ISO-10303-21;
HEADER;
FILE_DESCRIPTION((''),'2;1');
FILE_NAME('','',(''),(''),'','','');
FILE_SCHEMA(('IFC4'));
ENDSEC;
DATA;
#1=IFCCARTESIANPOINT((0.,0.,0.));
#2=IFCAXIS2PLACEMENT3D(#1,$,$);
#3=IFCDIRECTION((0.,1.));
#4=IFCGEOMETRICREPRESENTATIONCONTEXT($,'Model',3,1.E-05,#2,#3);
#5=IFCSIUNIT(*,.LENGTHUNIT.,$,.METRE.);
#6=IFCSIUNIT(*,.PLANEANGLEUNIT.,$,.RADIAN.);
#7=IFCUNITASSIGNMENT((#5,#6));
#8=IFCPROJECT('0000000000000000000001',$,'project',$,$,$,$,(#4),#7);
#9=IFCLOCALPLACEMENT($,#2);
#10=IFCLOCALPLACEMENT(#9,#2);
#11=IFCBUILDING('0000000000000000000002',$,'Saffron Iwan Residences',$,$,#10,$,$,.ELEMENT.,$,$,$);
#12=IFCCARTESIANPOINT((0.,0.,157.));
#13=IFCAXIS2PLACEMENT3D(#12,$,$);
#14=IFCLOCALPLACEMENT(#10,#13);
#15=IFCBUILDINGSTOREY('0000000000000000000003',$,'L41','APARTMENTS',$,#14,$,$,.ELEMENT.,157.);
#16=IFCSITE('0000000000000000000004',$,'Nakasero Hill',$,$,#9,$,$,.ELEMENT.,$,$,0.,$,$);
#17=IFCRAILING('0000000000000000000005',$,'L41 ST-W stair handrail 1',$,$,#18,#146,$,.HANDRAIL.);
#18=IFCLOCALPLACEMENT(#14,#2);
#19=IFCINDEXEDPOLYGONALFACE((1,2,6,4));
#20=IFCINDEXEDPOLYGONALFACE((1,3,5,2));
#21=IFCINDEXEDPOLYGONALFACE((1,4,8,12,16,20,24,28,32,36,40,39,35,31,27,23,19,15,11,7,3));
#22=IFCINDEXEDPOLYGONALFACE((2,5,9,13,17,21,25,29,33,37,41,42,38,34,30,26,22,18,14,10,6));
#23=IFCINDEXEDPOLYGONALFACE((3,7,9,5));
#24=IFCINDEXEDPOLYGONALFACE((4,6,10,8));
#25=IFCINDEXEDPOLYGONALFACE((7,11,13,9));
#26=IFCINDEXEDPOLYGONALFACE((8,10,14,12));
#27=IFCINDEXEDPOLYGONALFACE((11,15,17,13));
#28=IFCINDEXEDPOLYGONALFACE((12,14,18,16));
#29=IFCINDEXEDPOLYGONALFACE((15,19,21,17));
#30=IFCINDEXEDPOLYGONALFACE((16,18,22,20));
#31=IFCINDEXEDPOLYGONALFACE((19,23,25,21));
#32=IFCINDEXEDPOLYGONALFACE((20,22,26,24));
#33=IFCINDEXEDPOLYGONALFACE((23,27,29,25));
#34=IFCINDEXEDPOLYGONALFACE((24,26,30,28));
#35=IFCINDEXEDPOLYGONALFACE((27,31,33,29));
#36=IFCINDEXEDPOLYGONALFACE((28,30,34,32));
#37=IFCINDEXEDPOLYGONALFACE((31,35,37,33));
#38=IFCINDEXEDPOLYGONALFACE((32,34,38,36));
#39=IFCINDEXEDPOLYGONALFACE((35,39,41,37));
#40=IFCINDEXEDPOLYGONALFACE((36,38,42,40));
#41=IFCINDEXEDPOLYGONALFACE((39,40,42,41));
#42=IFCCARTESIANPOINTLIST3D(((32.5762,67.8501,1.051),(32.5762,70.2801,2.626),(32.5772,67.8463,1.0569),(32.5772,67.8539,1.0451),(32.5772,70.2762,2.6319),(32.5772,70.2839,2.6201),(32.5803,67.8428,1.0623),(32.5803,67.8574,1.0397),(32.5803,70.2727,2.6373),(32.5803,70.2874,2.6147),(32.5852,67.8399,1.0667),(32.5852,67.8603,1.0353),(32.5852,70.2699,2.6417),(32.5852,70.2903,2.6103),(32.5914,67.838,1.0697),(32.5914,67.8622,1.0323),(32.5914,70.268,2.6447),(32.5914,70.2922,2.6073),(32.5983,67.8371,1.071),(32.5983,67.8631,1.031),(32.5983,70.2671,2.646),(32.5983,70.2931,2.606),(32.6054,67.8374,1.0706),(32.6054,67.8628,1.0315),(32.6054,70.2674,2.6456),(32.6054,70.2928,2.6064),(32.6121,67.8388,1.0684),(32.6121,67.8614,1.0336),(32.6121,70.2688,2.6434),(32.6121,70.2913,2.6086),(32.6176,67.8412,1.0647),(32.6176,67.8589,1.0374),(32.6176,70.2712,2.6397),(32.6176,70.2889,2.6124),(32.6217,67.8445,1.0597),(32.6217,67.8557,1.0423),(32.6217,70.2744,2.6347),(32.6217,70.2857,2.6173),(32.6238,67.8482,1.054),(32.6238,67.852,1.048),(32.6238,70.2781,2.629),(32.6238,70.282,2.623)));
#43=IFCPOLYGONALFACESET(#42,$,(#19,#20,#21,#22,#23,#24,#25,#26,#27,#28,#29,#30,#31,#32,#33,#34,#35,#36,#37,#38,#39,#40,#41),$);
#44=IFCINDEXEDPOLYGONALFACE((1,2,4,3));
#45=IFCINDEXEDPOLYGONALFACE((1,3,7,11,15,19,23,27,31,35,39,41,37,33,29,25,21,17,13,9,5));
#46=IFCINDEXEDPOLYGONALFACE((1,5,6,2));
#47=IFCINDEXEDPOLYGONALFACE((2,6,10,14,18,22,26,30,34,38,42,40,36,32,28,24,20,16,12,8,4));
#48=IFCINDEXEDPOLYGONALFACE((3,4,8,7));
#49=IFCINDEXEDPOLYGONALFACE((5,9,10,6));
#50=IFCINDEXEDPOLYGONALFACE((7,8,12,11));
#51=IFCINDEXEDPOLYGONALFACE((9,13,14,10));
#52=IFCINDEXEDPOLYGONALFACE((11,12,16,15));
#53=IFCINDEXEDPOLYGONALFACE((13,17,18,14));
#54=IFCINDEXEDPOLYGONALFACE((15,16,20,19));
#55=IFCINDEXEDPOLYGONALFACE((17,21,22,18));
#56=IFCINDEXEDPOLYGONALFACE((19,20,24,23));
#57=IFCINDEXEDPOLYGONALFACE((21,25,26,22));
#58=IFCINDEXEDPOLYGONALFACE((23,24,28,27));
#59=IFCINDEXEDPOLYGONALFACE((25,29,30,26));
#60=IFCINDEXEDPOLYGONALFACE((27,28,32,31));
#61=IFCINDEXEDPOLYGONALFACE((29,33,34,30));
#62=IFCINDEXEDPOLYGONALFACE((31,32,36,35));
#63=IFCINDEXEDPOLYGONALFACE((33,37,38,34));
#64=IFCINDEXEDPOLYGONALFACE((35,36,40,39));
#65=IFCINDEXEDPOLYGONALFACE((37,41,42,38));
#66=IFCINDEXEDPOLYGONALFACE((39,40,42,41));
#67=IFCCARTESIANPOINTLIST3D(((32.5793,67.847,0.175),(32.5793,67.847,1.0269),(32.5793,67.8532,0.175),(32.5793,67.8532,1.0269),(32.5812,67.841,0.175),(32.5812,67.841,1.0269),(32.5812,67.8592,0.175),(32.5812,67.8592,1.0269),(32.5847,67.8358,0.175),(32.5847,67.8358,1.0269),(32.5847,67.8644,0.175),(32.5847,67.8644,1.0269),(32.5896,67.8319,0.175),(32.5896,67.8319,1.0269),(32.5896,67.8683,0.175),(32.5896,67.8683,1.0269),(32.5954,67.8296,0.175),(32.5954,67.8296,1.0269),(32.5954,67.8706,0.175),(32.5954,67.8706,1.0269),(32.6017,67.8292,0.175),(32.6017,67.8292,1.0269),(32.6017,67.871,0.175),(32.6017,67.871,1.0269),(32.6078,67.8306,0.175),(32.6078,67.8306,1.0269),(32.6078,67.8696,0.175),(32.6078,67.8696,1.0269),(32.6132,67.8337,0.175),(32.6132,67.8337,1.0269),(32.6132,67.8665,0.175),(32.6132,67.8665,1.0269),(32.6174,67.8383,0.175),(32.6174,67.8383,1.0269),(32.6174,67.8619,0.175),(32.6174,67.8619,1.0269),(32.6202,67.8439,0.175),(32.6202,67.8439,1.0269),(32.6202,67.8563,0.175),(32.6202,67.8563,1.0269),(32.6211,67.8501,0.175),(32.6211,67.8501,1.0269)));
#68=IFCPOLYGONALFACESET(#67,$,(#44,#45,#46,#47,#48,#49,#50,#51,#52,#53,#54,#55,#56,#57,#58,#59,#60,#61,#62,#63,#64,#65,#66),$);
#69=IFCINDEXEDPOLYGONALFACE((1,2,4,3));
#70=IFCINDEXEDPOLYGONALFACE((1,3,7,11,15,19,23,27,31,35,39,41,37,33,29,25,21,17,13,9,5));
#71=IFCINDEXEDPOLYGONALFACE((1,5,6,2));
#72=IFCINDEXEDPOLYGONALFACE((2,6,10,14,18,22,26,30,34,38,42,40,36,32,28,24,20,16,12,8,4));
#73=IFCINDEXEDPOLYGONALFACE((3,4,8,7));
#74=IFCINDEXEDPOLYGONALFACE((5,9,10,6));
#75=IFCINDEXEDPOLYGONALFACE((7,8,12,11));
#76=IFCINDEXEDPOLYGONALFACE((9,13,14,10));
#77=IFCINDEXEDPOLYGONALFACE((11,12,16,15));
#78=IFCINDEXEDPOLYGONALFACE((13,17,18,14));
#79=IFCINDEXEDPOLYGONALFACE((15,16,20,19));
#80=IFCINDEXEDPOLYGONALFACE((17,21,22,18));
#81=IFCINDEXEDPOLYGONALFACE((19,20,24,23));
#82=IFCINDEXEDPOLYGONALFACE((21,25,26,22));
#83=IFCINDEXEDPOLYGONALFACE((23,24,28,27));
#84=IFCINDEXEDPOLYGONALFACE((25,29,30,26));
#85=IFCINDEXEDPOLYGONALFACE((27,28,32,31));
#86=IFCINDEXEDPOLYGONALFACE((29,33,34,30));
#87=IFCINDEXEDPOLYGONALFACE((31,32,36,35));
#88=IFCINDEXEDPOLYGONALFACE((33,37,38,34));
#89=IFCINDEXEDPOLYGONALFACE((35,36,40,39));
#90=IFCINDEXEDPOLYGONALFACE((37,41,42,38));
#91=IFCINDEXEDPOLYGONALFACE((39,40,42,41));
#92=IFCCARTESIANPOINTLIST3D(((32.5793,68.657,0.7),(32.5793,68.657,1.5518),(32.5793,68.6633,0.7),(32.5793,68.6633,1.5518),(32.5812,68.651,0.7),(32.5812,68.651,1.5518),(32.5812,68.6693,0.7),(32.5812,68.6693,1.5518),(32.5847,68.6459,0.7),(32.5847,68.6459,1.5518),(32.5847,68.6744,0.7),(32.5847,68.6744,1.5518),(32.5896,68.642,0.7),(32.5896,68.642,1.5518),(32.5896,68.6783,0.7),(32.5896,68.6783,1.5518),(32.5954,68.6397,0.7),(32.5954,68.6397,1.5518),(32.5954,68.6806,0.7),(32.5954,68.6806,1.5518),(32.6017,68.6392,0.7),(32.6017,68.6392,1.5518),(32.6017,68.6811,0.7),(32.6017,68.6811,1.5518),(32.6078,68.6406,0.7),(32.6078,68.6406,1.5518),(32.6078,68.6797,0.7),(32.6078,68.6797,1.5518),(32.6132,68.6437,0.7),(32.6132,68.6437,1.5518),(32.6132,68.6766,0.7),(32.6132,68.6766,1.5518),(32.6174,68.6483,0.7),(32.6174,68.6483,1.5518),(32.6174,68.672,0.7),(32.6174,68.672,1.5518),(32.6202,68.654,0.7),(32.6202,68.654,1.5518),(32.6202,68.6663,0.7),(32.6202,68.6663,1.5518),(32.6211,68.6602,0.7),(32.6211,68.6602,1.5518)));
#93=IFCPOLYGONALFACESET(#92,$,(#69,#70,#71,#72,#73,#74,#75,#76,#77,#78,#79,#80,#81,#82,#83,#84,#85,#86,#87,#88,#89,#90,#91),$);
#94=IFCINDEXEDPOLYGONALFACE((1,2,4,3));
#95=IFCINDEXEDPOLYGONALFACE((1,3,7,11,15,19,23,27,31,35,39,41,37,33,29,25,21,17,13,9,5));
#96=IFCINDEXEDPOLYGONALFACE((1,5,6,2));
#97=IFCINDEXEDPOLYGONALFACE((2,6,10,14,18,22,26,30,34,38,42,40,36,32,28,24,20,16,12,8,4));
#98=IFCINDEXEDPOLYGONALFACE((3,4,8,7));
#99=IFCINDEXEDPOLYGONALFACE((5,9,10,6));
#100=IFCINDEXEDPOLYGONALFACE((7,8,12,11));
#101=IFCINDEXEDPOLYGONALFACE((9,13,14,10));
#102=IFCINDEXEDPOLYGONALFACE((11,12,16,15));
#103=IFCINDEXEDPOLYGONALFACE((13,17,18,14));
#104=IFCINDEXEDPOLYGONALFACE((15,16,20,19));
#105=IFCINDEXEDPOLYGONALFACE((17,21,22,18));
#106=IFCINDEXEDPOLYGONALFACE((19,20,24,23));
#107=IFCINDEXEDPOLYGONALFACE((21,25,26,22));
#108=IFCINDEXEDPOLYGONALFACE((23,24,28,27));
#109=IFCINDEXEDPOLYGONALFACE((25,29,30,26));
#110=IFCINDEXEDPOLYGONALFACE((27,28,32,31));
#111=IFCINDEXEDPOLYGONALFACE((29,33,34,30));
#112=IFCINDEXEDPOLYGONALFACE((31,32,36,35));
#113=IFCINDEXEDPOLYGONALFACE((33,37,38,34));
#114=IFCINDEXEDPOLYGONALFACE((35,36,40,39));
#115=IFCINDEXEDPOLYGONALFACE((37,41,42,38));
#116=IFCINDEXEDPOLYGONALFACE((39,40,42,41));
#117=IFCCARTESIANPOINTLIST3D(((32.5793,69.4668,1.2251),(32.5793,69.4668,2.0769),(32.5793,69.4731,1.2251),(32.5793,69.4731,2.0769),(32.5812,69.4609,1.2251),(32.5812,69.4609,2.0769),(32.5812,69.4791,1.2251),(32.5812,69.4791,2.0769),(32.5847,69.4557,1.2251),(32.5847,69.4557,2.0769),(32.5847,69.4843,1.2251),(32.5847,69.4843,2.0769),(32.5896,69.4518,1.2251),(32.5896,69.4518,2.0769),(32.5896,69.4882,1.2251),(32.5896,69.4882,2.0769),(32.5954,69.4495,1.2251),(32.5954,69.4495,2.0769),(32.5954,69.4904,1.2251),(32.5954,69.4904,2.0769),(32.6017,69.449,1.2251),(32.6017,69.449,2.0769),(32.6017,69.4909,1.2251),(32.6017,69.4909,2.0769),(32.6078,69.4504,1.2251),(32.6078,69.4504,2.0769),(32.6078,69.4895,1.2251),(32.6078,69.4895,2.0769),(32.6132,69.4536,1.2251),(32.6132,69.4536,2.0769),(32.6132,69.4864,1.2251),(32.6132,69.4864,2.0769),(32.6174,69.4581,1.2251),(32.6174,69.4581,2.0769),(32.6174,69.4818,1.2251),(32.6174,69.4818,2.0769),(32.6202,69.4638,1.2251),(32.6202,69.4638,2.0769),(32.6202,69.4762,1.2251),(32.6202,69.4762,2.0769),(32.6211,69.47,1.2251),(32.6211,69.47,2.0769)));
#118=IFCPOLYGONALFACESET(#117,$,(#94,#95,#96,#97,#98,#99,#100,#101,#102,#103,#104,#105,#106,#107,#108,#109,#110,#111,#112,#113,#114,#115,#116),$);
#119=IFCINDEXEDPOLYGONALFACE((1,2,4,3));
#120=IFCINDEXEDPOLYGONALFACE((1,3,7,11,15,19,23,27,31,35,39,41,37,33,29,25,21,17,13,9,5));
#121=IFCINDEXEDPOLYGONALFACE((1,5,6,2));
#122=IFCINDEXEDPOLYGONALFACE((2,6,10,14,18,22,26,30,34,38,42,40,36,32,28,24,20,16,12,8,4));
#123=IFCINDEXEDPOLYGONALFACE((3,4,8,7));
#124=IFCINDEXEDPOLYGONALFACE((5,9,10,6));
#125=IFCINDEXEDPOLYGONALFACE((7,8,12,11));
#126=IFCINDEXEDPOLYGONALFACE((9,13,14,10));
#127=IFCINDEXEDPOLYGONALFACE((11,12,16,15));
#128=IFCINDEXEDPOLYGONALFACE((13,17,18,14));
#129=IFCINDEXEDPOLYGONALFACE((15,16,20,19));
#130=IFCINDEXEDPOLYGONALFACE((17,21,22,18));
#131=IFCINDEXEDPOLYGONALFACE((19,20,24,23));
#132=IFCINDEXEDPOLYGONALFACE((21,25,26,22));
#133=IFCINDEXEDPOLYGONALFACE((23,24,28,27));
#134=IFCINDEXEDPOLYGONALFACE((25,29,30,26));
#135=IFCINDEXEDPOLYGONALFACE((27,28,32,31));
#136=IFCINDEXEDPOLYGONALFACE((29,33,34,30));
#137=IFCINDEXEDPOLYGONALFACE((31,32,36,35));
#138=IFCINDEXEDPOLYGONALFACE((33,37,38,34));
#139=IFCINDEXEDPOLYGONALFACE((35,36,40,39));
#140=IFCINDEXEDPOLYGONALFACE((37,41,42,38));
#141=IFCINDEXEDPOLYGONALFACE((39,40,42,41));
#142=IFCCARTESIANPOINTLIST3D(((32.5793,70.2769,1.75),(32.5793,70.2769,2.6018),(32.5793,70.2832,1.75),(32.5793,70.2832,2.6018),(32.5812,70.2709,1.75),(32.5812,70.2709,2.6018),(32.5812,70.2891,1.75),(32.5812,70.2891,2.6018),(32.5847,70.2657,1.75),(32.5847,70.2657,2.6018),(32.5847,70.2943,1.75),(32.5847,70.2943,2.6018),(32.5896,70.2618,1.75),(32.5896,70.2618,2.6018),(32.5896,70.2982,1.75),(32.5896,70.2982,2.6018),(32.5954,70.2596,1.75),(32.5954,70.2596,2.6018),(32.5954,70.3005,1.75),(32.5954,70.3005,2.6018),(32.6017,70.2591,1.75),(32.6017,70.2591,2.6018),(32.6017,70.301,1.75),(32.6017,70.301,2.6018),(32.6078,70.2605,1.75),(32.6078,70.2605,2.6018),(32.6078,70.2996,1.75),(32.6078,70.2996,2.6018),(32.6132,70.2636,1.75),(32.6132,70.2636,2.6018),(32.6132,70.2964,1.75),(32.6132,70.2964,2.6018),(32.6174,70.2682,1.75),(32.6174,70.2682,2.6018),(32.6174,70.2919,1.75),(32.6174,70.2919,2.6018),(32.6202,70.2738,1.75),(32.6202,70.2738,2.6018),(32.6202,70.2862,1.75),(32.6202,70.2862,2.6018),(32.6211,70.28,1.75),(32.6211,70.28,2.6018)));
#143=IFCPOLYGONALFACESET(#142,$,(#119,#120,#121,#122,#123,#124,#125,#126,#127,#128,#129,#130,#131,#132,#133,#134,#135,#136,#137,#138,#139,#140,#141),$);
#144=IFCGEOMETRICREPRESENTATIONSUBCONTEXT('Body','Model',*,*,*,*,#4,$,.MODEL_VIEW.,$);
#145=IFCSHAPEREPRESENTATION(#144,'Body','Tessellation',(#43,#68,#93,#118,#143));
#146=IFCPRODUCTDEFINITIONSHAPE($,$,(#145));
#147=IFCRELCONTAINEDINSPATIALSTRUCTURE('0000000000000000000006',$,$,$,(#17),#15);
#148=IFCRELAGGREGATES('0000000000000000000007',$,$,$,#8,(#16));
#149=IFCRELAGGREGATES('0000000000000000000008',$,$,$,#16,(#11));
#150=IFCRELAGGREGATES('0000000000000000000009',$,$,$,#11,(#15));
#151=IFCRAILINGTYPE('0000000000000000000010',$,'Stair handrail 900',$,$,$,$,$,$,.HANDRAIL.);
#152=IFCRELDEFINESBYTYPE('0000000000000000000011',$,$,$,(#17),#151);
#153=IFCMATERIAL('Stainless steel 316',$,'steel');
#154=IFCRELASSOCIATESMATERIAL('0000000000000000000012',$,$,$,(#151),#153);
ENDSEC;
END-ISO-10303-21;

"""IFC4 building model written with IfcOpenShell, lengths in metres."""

from ifc_helpers import new_model, si_unit, direction, frame, origin, origin_2d, place, context, subcontext, project, spatial, circle, extrude, material, type_object, element, save


model = new_model("IFC4")

# Units and contexts
model_context = context("Model", 3, precision=1e-05, world=origin(), true_north=direction((0.0, 1.0)))
body_context = subcontext(model_context, "Body", "Model", "MODEL_VIEW")
ifc_project = project(units=[si_unit("LENGTHUNIT", "METRE"), si_unit("PLANEANGLEUNIT", "RADIAN")], contexts=[model_context])

# Site, building, storey
site_placement = place(None, origin())
site = spatial("IfcSite", under=ifc_project, at=site_placement, Name="Nakasero Hill", CompositionType="ELEMENT", RefElevation=0.0)
building_placement = place(site_placement, origin())
building = spatial("IfcBuilding", under=site, at=building_placement, Name="Saffron Iwan Residences", CompositionType="ELEMENT")
storey_placement = place(building_placement, frame((0.0, 0.0, 157.0)))
storey = spatial("IfcBuildingStorey", under=building, at=storey_placement, Name="L41", Description="APARTMENTS", CompositionType="ELEMENT", Elevation=157.0)

# Railing
ifc_material_1 = material(Name="Stainless steel 316", Category="steel")
railing_type_1 = type_object("IfcRailingType", Name="Stair handrail 900", PredefinedType="HANDRAIL", material=ifc_material_1)
railing_1_placement = place(storey_placement, frame((32.6001, 67.8501, 0.175)))
element("IfcRailing", 1, at=railing_1_placement, inside=storey, type_object=railing_type_1, Name="L41 ST-W stair handrail 1", PredefinedType="HANDRAIL", context=body_context, shape_type="SweptSolid", body=[
    extrude(circle(Radius=0.0239, at=origin_2d()), frame((0.0, 0.0, 0.876), z_axis=(0.0, 0.839154, 0.543894), x_axis=(-1.0, 0.0, 0.0)), (0.0, 0.0, 1.0), 2.8958),
    extrude(circle(Radius=0.021, at=origin_2d()), origin(), (0.0, 0.0, 1.0), 0.8518),
    extrude(circle(Radius=0.021, at=origin_2d()), frame((0.0, 0.8101, 0.5249)), (0.0, 0.0, 1.0), 0.8518),
    extrude(circle(Radius=0.021, at=origin_2d()), frame((0.0, 1.6199, 1.05)), (0.0, 0.0, 1.0), 0.8518),
    extrude(circle(Radius=0.021, at=origin_2d()), frame((0.0, 2.4299, 1.575)), (0.0, 0.0, 1.0), 0.8518),
])

save(model, "model.ifc")
